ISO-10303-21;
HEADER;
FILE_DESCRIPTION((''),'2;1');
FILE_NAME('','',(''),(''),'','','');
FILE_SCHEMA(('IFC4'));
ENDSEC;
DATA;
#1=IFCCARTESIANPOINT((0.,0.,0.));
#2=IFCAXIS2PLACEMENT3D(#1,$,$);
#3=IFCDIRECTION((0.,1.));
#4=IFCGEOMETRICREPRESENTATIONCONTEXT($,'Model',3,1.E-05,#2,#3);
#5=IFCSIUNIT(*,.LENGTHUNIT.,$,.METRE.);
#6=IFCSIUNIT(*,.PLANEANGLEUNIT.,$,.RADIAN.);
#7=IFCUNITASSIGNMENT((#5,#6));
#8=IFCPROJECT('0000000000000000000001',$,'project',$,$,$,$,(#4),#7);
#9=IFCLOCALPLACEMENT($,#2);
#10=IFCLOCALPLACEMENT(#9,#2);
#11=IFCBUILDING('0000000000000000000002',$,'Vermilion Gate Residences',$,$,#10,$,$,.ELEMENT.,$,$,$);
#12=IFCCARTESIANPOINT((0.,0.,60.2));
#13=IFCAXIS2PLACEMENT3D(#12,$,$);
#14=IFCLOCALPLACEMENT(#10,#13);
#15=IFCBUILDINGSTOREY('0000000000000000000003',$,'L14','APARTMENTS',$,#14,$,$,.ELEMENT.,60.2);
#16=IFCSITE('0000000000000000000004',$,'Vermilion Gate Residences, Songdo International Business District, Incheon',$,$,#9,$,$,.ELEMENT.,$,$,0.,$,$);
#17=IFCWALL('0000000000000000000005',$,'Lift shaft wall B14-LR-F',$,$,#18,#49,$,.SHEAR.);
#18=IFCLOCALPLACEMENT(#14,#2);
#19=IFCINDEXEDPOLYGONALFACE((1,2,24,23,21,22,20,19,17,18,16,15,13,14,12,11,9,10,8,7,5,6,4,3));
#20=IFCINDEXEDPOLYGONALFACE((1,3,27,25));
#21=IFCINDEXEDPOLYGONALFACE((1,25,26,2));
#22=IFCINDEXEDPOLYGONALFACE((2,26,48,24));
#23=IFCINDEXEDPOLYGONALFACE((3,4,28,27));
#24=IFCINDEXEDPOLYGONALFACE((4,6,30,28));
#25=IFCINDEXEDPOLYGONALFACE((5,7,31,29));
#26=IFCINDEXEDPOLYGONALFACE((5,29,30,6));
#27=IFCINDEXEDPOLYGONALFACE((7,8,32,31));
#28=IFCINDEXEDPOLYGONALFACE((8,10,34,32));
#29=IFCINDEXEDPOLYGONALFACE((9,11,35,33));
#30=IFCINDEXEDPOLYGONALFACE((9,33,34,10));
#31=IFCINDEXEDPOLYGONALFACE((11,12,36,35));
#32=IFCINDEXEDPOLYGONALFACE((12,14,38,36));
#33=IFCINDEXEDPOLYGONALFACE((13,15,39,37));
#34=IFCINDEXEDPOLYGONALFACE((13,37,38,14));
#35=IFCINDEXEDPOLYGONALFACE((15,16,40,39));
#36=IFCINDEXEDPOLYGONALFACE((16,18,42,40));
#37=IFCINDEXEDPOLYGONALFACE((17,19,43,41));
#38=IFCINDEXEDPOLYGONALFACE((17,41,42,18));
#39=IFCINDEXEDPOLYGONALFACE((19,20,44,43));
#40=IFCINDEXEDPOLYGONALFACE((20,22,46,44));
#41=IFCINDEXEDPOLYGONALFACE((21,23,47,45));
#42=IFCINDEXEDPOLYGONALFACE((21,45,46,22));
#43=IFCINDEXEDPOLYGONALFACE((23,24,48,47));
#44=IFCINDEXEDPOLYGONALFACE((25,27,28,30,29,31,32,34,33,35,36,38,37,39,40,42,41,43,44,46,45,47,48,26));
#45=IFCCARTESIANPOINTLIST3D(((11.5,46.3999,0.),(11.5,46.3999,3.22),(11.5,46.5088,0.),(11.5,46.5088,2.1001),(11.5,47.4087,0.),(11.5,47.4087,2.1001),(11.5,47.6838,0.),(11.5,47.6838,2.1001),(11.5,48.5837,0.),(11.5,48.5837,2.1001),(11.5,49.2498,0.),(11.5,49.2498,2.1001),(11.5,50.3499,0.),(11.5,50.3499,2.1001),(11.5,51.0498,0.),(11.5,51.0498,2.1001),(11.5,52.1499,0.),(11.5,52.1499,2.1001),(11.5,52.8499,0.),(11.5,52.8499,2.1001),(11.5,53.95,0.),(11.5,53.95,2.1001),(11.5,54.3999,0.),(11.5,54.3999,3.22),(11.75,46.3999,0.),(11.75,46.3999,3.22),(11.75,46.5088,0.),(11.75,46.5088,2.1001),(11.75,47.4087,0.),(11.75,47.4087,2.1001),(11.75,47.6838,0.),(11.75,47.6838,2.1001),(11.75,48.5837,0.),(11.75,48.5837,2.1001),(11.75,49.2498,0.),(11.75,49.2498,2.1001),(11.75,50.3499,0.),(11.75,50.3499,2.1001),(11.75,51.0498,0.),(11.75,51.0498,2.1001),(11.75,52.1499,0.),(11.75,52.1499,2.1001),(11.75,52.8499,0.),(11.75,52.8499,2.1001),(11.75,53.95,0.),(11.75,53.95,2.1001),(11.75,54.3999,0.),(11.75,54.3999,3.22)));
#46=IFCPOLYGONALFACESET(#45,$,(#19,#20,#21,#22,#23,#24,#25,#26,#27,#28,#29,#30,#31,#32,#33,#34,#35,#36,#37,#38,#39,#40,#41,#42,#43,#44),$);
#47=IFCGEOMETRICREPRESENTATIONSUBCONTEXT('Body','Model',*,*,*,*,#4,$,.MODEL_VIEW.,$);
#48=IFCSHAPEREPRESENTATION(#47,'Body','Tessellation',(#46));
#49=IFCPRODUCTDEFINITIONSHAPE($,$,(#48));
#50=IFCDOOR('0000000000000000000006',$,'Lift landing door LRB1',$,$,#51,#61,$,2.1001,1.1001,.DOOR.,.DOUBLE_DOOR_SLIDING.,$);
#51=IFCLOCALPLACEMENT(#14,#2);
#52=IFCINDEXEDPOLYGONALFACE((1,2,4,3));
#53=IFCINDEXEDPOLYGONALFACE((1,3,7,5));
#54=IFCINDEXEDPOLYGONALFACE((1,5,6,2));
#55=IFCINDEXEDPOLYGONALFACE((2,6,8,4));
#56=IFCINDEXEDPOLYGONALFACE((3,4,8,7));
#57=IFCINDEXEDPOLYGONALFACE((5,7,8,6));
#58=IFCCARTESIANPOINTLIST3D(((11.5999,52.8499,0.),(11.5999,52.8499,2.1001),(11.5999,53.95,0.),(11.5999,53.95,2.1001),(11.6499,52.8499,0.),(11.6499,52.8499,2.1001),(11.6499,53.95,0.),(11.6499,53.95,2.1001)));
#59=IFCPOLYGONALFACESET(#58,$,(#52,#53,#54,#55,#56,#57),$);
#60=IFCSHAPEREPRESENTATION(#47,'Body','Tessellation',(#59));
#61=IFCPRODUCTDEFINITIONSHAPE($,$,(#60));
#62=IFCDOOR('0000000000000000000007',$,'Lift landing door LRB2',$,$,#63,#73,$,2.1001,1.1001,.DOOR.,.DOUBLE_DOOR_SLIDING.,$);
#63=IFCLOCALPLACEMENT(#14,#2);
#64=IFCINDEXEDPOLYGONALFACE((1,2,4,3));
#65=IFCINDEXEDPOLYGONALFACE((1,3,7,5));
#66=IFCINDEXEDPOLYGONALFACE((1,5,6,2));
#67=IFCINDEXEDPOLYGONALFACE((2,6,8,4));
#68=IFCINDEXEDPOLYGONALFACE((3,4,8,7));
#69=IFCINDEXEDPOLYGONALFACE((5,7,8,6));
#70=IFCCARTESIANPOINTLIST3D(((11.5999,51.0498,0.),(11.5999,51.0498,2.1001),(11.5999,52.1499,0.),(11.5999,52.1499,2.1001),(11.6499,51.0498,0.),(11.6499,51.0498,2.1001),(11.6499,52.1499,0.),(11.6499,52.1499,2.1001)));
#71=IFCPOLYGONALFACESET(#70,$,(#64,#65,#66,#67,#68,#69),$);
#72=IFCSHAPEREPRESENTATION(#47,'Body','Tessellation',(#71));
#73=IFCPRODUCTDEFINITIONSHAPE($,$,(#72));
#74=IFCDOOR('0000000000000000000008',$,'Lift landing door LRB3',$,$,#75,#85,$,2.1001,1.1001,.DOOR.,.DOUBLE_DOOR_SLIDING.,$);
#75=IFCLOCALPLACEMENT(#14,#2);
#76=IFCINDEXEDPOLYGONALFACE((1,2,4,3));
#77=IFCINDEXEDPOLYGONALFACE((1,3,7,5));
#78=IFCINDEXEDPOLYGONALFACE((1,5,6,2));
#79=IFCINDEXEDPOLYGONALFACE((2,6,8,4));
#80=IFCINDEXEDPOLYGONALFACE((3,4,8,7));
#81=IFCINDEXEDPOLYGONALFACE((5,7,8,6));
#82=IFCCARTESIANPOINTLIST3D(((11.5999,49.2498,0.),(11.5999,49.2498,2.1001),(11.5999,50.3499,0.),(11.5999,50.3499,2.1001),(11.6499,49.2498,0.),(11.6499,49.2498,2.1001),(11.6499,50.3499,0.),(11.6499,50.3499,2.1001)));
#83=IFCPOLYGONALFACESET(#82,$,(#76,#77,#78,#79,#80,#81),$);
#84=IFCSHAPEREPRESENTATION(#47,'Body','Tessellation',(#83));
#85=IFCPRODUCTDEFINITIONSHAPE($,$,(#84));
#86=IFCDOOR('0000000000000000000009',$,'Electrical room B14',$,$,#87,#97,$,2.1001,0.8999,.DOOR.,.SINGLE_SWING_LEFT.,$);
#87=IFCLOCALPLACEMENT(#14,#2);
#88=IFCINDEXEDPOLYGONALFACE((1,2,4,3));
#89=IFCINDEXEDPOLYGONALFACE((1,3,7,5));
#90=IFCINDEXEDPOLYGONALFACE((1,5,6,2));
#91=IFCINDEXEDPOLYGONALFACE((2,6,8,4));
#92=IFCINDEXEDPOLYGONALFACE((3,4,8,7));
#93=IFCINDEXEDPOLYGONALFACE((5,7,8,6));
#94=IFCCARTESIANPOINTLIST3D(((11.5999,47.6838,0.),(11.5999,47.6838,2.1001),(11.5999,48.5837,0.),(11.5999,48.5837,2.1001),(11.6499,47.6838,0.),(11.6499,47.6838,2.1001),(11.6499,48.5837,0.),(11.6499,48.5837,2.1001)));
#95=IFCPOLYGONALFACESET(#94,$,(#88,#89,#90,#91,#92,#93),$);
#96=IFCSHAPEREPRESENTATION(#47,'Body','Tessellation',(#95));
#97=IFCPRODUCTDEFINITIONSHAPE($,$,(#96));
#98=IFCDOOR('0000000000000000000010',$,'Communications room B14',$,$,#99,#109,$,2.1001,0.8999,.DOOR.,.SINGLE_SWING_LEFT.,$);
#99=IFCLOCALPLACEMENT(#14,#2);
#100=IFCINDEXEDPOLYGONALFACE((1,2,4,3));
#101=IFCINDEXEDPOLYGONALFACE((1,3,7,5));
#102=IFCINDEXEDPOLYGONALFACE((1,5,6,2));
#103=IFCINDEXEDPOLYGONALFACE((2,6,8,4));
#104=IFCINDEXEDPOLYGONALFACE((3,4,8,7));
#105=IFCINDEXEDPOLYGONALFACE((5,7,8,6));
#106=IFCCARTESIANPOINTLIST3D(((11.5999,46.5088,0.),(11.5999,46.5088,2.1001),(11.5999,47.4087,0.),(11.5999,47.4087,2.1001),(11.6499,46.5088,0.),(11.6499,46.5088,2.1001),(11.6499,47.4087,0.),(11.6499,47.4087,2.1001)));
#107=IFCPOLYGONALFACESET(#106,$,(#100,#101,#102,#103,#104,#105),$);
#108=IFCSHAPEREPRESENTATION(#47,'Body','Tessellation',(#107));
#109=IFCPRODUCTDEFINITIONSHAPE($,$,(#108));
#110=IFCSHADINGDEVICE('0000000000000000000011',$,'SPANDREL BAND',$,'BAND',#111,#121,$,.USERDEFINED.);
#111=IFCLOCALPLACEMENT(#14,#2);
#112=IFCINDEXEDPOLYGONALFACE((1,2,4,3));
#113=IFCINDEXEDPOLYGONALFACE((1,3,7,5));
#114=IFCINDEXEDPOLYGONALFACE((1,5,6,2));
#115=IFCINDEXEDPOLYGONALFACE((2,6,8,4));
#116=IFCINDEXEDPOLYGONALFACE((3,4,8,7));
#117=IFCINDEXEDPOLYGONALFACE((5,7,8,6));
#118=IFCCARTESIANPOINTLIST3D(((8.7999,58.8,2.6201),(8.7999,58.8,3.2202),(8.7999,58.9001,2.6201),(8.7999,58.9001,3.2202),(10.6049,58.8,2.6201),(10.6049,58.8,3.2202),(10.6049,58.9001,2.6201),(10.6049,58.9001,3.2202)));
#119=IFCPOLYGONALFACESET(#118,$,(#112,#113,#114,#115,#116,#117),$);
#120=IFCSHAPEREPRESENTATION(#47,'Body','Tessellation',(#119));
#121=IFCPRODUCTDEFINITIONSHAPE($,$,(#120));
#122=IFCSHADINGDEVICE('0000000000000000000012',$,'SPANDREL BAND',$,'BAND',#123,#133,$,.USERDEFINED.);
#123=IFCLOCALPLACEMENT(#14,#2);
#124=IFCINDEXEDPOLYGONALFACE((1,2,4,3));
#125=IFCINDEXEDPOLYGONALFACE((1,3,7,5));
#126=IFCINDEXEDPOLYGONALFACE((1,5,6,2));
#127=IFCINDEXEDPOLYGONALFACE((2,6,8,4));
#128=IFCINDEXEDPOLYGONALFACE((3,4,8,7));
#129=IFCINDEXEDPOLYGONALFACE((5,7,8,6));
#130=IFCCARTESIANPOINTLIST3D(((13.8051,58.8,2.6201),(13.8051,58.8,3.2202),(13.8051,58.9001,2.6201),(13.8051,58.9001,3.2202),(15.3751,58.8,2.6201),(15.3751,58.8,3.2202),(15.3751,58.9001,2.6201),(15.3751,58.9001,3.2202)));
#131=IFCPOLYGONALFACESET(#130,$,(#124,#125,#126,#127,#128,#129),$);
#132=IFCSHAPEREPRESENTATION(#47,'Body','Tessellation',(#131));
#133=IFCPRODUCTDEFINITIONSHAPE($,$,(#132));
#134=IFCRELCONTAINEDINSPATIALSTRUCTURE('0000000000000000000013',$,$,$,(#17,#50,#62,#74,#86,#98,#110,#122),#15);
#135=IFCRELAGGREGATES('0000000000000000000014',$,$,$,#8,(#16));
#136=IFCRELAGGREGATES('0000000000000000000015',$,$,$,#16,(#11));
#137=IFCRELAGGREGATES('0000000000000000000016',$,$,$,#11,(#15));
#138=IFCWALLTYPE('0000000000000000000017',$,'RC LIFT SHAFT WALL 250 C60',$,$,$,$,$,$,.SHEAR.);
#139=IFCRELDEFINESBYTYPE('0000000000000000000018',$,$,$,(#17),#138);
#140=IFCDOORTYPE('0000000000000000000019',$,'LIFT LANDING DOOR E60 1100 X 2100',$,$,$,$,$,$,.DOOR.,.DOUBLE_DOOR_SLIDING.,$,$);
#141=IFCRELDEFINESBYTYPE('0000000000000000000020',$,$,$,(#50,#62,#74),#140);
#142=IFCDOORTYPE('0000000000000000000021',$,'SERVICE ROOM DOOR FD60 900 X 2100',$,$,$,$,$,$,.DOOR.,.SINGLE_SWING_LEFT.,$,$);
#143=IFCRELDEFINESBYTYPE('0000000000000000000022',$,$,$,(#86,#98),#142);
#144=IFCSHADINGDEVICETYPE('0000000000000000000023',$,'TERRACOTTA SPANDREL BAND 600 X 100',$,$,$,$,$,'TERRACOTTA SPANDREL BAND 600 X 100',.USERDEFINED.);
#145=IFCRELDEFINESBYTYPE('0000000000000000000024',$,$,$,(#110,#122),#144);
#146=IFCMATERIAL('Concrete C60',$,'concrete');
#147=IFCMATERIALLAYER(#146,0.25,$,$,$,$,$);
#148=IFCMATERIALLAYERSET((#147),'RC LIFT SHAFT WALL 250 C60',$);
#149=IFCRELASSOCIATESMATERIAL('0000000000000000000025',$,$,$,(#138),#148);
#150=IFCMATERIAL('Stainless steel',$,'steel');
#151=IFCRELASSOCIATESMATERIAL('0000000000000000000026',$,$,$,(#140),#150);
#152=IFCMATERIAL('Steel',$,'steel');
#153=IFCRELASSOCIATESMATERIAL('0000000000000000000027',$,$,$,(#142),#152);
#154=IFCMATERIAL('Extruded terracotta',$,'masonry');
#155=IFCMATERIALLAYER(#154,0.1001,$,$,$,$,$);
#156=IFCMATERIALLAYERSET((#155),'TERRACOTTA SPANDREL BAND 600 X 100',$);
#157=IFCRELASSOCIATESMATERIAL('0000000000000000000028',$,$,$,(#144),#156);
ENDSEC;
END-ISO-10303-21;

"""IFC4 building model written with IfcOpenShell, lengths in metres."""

from ifc_helpers import new_model, si_unit, direction, frame, frame_2d, origin, origin_2d, place, context, subcontext, project, spatial, rectangle, extrude, material, layer, layer_set, type_object, element, fill, save


model = new_model("IFC4")

# Units and contexts
model_context = context("Model", 3, precision=1e-05, world=origin(), true_north=direction((0.0, 1.0)))
body_context = subcontext(model_context, "Body", "Model", "MODEL_VIEW")
ifc_project = project(units=[si_unit("LENGTHUNIT", "METRE"), si_unit("PLANEANGLEUNIT", "RADIAN")], contexts=[model_context])

# Site, building, storey
site_placement = place(None, origin())
site = spatial("IfcSite", under=ifc_project, at=site_placement, Name="Vermilion Gate Residences, Songdo International Business District, Incheon", CompositionType="ELEMENT", RefElevation=0.0)
building_placement = place(site_placement, origin())
building = spatial("IfcBuilding", under=site, at=building_placement, Name="Vermilion Gate Residences", CompositionType="ELEMENT")
storey_placement = place(building_placement, frame((0.0, 0.0, 60.2)))
storey = spatial("IfcBuildingStorey", under=building, at=storey_placement, Name="L14", Description="APARTMENTS", CompositionType="ELEMENT", Elevation=60.2)

# Wall, openings, doors
ifc_material_1 = material(Name="Concrete C60", Category="concrete")
ifc_layer_1 = layer(ifc_material_1, 0.25)
ifc_layer_set_1 = layer_set([ifc_layer_1], Name="RC LIFT SHAFT WALL 250 C60")
wall_type_1 = type_object("IfcWallType", Name="RC LIFT SHAFT WALL 250 C60", PredefinedType="SHEAR", material=ifc_layer_set_1)
wall_1_placement = place(storey_placement, frame((11.625, 54.3999, 0.0), z_axis=(0.0, 0.0, 1.0), x_axis=(0.0, -1.0, 0.0)))
wall_1 = element("IfcWall", 1, at=wall_1_placement, inside=storey, type_object=wall_type_1, Name="Lift shaft wall B14-LR-F", PredefinedType="SHEAR", context=body_context, shape_type="SweptSolid", body=[
    extrude(rectangle(XDim=8.0, YDim=0.25, at=frame_2d((4.0, 0.0))), origin(), (0.0, 0.0, 1.0), 3.22),
])
opening_1_placement = place(wall_1_placement, frame((0.45, 0.0, 0.0)))
opening_1 = element("IfcOpeningElement", 2, at=opening_1_placement, cuts=wall_1, PredefinedType="OPENING", context=body_context, shape_type="SweptSolid", body=[
    extrude(rectangle(XDim=1.1001, YDim=2.1001, at=frame_2d((0.55, 1.05))), frame((0.0, 0.135, 0.0), z_axis=(0.0, -1.0, 0.0), x_axis=(1.0, 0.0, 0.0)), (0.0, 0.0, 1.0), 0.27),
])
opening_2_placement = place(wall_1_placement, frame((2.25, 0.0, 0.0)))
opening_2 = element("IfcOpeningElement", 3, at=opening_2_placement, cuts=wall_1, PredefinedType="OPENING", context=body_context, shape_type="SweptSolid", body=[
    extrude(rectangle(XDim=1.1001, YDim=2.1001, at=frame_2d((0.55, 1.05))), frame((0.0, 0.135, 0.0), z_axis=(0.0, -1.0, 0.0), x_axis=(1.0, 0.0, 0.0)), (0.0, 0.0, 1.0), 0.27),
])
opening_3_placement = place(wall_1_placement, frame((4.05, 0.0, 0.0)))
opening_3 = element("IfcOpeningElement", 4, at=opening_3_placement, cuts=wall_1, PredefinedType="OPENING", context=body_context, shape_type="SweptSolid", body=[
    extrude(rectangle(XDim=1.1001, YDim=2.1001, at=frame_2d((0.55, 1.05))), frame((0.0, 0.135, 0.0), z_axis=(0.0, -1.0, 0.0), x_axis=(1.0, 0.0, 0.0)), (0.0, 0.0, 1.0), 0.27),
])
opening_4_placement = place(wall_1_placement, frame((5.8162, 0.0, 0.0)))
opening_4 = element("IfcOpeningElement", 5, at=opening_4_placement, cuts=wall_1, PredefinedType="OPENING", context=body_context, shape_type="SweptSolid", body=[
    extrude(rectangle(XDim=0.8999, YDim=2.1001, at=frame_2d((0.45, 1.05))), frame((0.0, 0.135, 0.0), z_axis=(0.0, -1.0, 0.0), x_axis=(1.0, 0.0, 0.0)), (0.0, 0.0, 1.0), 0.27),
])
opening_5_placement = place(wall_1_placement, frame((6.9912, 0.0, 0.0)))
opening_5 = element("IfcOpeningElement", 6, at=opening_5_placement, cuts=wall_1, PredefinedType="OPENING", context=body_context, shape_type="SweptSolid", body=[
    extrude(rectangle(XDim=0.8999, YDim=2.1001, at=frame_2d((0.45, 1.05))), frame((0.0, 0.135, 0.0), z_axis=(0.0, -1.0, 0.0), x_axis=(1.0, 0.0, 0.0)), (0.0, 0.0, 1.0), 0.27),
])
ifc_material_2 = material(Name="Stainless steel", Category="steel")
door_type_1 = type_object("IfcDoorType", Name="LIFT LANDING DOOR E60 1100 X 2100", OperationType="DOUBLE_DOOR_SLIDING", PredefinedType="DOOR", material=ifc_material_2)
door_1_placement = place(opening_1_placement, origin())
door_1 = element("IfcDoor", 7, at=door_1_placement, inside=storey, type_object=door_type_1, Name="Lift landing door LRB1", OperationType="DOUBLE_DOOR_SLIDING", OverallHeight=2.1001, OverallWidth=1.1001, PredefinedType="DOOR", context=body_context, shape_type="SweptSolid", body=[
    extrude(rectangle(XDim=1.1001, YDim=2.1001, at=frame_2d((0.55, 1.05))), frame((0.0, 0.0249, 0.0), z_axis=(0.0, -1.0, 0.0), x_axis=(1.0, 0.0, 0.0)), (0.0, 0.0, 1.0), 0.05),
])
fill(opening_1, door_1)
door_2_placement = place(opening_2_placement, origin())
door_2 = element("IfcDoor", 8, at=door_2_placement, inside=storey, type_object=door_type_1, Name="Lift landing door LRB2", OperationType="DOUBLE_DOOR_SLIDING", OverallHeight=2.1001, OverallWidth=1.1001, PredefinedType="DOOR", context=body_context, shape_type="SweptSolid", body=[
    extrude(rectangle(XDim=1.1001, YDim=2.1001, at=frame_2d((0.55, 1.05))), frame((0.0, 0.0249, 0.0), z_axis=(0.0, -1.0, 0.0), x_axis=(1.0, 0.0, 0.0)), (0.0, 0.0, 1.0), 0.05),
])
fill(opening_2, door_2)
door_3_placement = place(opening_3_placement, origin())
door_3 = element("IfcDoor", 9, at=door_3_placement, inside=storey, type_object=door_type_1, Name="Lift landing door LRB3", OperationType="DOUBLE_DOOR_SLIDING", OverallHeight=2.1001, OverallWidth=1.1001, PredefinedType="DOOR", context=body_context, shape_type="SweptSolid", body=[
    extrude(rectangle(XDim=1.1001, YDim=2.1001, at=frame_2d((0.55, 1.05))), frame((0.0, 0.0249, 0.0), z_axis=(0.0, -1.0, 0.0), x_axis=(1.0, 0.0, 0.0)), (0.0, 0.0, 1.0), 0.05),
])
fill(opening_3, door_3)
ifc_material_3 = material(Name="Steel", Category="steel")
door_type_2 = type_object("IfcDoorType", Name="SERVICE ROOM DOOR FD60 900 X 2100", OperationType="SINGLE_SWING_LEFT", PredefinedType="DOOR", material=ifc_material_3)
door_4_placement = place(opening_4_placement, origin())
door_4 = element("IfcDoor", 10, at=door_4_placement, inside=storey, type_object=door_type_2, Name="Electrical room B14", OperationType="SINGLE_SWING_LEFT", OverallHeight=2.1001, OverallWidth=0.8999, PredefinedType="DOOR", context=body_context, shape_type="SweptSolid", body=[
    extrude(rectangle(XDim=0.8999, YDim=2.1001, at=frame_2d((0.45, 1.05))), frame((0.0, 0.0249, 0.0), z_axis=(0.0, -1.0, 0.0), x_axis=(1.0, 0.0, 0.0)), (0.0, 0.0, 1.0), 0.05),
])
fill(opening_4, door_4)
door_5_placement = place(opening_5_placement, origin())
door_5 = element("IfcDoor", 11, at=door_5_placement, inside=storey, type_object=door_type_2, Name="Communications room B14", OperationType="SINGLE_SWING_LEFT", OverallHeight=2.1001, OverallWidth=0.8999, PredefinedType="DOOR", context=body_context, shape_type="SweptSolid", body=[
    extrude(rectangle(XDim=0.8999, YDim=2.1001, at=frame_2d((0.45, 1.05))), frame((0.0, 0.0249, 0.0), z_axis=(0.0, -1.0, 0.0), x_axis=(1.0, 0.0, 0.0)), (0.0, 0.0, 1.0), 0.05),
])
fill(opening_5, door_5)

# Shading devices
ifc_material_4 = material(Name="Extruded terracotta", Category="masonry")
ifc_layer_2 = layer(ifc_material_4, 0.1001)
ifc_layer_set_2 = layer_set([ifc_layer_2], Name="TERRACOTTA SPANDREL BAND 600 X 100")
shading_device_type = type_object("IfcShadingDeviceType", Name="TERRACOTTA SPANDREL BAND 600 X 100", ElementType="TERRACOTTA SPANDREL BAND 600 X 100", PredefinedType="USERDEFINED", material=ifc_layer_set_2)
shading_device_1_placement = place(storey_placement, frame((9.7024, 58.8501, 2.6201), z_axis=(0.0, 0.0, 1.0), x_axis=(1.0, 0.0, 0.0)))
element("IfcShadingDevice", 12, at=shading_device_1_placement, inside=storey, type_object=shading_device_type, Name="SPANDREL BAND", ObjectType="BAND", PredefinedType="USERDEFINED", context=body_context, shape_type="SweptSolid", body=[
    extrude(rectangle(XDim=1.8049, YDim=0.1001, at=origin_2d()), origin(), (0.0, 0.0, 1.0), 0.6001),
])
shading_device_2_placement = place(storey_placement, frame((14.5901, 58.8501, 2.6201), z_axis=(0.0, 0.0, 1.0), x_axis=(1.0, 0.0, 0.0)))
element("IfcShadingDevice", 13, at=shading_device_2_placement, inside=storey, type_object=shading_device_type, Name="SPANDREL BAND", ObjectType="BAND", PredefinedType="USERDEFINED", context=body_context, shape_type="SweptSolid", body=[
    extrude(rectangle(XDim=1.5701, YDim=0.1001, at=origin_2d()), origin(), (0.0, 0.0, 1.0), 0.6001),
])

save(model, "model.ifc")
